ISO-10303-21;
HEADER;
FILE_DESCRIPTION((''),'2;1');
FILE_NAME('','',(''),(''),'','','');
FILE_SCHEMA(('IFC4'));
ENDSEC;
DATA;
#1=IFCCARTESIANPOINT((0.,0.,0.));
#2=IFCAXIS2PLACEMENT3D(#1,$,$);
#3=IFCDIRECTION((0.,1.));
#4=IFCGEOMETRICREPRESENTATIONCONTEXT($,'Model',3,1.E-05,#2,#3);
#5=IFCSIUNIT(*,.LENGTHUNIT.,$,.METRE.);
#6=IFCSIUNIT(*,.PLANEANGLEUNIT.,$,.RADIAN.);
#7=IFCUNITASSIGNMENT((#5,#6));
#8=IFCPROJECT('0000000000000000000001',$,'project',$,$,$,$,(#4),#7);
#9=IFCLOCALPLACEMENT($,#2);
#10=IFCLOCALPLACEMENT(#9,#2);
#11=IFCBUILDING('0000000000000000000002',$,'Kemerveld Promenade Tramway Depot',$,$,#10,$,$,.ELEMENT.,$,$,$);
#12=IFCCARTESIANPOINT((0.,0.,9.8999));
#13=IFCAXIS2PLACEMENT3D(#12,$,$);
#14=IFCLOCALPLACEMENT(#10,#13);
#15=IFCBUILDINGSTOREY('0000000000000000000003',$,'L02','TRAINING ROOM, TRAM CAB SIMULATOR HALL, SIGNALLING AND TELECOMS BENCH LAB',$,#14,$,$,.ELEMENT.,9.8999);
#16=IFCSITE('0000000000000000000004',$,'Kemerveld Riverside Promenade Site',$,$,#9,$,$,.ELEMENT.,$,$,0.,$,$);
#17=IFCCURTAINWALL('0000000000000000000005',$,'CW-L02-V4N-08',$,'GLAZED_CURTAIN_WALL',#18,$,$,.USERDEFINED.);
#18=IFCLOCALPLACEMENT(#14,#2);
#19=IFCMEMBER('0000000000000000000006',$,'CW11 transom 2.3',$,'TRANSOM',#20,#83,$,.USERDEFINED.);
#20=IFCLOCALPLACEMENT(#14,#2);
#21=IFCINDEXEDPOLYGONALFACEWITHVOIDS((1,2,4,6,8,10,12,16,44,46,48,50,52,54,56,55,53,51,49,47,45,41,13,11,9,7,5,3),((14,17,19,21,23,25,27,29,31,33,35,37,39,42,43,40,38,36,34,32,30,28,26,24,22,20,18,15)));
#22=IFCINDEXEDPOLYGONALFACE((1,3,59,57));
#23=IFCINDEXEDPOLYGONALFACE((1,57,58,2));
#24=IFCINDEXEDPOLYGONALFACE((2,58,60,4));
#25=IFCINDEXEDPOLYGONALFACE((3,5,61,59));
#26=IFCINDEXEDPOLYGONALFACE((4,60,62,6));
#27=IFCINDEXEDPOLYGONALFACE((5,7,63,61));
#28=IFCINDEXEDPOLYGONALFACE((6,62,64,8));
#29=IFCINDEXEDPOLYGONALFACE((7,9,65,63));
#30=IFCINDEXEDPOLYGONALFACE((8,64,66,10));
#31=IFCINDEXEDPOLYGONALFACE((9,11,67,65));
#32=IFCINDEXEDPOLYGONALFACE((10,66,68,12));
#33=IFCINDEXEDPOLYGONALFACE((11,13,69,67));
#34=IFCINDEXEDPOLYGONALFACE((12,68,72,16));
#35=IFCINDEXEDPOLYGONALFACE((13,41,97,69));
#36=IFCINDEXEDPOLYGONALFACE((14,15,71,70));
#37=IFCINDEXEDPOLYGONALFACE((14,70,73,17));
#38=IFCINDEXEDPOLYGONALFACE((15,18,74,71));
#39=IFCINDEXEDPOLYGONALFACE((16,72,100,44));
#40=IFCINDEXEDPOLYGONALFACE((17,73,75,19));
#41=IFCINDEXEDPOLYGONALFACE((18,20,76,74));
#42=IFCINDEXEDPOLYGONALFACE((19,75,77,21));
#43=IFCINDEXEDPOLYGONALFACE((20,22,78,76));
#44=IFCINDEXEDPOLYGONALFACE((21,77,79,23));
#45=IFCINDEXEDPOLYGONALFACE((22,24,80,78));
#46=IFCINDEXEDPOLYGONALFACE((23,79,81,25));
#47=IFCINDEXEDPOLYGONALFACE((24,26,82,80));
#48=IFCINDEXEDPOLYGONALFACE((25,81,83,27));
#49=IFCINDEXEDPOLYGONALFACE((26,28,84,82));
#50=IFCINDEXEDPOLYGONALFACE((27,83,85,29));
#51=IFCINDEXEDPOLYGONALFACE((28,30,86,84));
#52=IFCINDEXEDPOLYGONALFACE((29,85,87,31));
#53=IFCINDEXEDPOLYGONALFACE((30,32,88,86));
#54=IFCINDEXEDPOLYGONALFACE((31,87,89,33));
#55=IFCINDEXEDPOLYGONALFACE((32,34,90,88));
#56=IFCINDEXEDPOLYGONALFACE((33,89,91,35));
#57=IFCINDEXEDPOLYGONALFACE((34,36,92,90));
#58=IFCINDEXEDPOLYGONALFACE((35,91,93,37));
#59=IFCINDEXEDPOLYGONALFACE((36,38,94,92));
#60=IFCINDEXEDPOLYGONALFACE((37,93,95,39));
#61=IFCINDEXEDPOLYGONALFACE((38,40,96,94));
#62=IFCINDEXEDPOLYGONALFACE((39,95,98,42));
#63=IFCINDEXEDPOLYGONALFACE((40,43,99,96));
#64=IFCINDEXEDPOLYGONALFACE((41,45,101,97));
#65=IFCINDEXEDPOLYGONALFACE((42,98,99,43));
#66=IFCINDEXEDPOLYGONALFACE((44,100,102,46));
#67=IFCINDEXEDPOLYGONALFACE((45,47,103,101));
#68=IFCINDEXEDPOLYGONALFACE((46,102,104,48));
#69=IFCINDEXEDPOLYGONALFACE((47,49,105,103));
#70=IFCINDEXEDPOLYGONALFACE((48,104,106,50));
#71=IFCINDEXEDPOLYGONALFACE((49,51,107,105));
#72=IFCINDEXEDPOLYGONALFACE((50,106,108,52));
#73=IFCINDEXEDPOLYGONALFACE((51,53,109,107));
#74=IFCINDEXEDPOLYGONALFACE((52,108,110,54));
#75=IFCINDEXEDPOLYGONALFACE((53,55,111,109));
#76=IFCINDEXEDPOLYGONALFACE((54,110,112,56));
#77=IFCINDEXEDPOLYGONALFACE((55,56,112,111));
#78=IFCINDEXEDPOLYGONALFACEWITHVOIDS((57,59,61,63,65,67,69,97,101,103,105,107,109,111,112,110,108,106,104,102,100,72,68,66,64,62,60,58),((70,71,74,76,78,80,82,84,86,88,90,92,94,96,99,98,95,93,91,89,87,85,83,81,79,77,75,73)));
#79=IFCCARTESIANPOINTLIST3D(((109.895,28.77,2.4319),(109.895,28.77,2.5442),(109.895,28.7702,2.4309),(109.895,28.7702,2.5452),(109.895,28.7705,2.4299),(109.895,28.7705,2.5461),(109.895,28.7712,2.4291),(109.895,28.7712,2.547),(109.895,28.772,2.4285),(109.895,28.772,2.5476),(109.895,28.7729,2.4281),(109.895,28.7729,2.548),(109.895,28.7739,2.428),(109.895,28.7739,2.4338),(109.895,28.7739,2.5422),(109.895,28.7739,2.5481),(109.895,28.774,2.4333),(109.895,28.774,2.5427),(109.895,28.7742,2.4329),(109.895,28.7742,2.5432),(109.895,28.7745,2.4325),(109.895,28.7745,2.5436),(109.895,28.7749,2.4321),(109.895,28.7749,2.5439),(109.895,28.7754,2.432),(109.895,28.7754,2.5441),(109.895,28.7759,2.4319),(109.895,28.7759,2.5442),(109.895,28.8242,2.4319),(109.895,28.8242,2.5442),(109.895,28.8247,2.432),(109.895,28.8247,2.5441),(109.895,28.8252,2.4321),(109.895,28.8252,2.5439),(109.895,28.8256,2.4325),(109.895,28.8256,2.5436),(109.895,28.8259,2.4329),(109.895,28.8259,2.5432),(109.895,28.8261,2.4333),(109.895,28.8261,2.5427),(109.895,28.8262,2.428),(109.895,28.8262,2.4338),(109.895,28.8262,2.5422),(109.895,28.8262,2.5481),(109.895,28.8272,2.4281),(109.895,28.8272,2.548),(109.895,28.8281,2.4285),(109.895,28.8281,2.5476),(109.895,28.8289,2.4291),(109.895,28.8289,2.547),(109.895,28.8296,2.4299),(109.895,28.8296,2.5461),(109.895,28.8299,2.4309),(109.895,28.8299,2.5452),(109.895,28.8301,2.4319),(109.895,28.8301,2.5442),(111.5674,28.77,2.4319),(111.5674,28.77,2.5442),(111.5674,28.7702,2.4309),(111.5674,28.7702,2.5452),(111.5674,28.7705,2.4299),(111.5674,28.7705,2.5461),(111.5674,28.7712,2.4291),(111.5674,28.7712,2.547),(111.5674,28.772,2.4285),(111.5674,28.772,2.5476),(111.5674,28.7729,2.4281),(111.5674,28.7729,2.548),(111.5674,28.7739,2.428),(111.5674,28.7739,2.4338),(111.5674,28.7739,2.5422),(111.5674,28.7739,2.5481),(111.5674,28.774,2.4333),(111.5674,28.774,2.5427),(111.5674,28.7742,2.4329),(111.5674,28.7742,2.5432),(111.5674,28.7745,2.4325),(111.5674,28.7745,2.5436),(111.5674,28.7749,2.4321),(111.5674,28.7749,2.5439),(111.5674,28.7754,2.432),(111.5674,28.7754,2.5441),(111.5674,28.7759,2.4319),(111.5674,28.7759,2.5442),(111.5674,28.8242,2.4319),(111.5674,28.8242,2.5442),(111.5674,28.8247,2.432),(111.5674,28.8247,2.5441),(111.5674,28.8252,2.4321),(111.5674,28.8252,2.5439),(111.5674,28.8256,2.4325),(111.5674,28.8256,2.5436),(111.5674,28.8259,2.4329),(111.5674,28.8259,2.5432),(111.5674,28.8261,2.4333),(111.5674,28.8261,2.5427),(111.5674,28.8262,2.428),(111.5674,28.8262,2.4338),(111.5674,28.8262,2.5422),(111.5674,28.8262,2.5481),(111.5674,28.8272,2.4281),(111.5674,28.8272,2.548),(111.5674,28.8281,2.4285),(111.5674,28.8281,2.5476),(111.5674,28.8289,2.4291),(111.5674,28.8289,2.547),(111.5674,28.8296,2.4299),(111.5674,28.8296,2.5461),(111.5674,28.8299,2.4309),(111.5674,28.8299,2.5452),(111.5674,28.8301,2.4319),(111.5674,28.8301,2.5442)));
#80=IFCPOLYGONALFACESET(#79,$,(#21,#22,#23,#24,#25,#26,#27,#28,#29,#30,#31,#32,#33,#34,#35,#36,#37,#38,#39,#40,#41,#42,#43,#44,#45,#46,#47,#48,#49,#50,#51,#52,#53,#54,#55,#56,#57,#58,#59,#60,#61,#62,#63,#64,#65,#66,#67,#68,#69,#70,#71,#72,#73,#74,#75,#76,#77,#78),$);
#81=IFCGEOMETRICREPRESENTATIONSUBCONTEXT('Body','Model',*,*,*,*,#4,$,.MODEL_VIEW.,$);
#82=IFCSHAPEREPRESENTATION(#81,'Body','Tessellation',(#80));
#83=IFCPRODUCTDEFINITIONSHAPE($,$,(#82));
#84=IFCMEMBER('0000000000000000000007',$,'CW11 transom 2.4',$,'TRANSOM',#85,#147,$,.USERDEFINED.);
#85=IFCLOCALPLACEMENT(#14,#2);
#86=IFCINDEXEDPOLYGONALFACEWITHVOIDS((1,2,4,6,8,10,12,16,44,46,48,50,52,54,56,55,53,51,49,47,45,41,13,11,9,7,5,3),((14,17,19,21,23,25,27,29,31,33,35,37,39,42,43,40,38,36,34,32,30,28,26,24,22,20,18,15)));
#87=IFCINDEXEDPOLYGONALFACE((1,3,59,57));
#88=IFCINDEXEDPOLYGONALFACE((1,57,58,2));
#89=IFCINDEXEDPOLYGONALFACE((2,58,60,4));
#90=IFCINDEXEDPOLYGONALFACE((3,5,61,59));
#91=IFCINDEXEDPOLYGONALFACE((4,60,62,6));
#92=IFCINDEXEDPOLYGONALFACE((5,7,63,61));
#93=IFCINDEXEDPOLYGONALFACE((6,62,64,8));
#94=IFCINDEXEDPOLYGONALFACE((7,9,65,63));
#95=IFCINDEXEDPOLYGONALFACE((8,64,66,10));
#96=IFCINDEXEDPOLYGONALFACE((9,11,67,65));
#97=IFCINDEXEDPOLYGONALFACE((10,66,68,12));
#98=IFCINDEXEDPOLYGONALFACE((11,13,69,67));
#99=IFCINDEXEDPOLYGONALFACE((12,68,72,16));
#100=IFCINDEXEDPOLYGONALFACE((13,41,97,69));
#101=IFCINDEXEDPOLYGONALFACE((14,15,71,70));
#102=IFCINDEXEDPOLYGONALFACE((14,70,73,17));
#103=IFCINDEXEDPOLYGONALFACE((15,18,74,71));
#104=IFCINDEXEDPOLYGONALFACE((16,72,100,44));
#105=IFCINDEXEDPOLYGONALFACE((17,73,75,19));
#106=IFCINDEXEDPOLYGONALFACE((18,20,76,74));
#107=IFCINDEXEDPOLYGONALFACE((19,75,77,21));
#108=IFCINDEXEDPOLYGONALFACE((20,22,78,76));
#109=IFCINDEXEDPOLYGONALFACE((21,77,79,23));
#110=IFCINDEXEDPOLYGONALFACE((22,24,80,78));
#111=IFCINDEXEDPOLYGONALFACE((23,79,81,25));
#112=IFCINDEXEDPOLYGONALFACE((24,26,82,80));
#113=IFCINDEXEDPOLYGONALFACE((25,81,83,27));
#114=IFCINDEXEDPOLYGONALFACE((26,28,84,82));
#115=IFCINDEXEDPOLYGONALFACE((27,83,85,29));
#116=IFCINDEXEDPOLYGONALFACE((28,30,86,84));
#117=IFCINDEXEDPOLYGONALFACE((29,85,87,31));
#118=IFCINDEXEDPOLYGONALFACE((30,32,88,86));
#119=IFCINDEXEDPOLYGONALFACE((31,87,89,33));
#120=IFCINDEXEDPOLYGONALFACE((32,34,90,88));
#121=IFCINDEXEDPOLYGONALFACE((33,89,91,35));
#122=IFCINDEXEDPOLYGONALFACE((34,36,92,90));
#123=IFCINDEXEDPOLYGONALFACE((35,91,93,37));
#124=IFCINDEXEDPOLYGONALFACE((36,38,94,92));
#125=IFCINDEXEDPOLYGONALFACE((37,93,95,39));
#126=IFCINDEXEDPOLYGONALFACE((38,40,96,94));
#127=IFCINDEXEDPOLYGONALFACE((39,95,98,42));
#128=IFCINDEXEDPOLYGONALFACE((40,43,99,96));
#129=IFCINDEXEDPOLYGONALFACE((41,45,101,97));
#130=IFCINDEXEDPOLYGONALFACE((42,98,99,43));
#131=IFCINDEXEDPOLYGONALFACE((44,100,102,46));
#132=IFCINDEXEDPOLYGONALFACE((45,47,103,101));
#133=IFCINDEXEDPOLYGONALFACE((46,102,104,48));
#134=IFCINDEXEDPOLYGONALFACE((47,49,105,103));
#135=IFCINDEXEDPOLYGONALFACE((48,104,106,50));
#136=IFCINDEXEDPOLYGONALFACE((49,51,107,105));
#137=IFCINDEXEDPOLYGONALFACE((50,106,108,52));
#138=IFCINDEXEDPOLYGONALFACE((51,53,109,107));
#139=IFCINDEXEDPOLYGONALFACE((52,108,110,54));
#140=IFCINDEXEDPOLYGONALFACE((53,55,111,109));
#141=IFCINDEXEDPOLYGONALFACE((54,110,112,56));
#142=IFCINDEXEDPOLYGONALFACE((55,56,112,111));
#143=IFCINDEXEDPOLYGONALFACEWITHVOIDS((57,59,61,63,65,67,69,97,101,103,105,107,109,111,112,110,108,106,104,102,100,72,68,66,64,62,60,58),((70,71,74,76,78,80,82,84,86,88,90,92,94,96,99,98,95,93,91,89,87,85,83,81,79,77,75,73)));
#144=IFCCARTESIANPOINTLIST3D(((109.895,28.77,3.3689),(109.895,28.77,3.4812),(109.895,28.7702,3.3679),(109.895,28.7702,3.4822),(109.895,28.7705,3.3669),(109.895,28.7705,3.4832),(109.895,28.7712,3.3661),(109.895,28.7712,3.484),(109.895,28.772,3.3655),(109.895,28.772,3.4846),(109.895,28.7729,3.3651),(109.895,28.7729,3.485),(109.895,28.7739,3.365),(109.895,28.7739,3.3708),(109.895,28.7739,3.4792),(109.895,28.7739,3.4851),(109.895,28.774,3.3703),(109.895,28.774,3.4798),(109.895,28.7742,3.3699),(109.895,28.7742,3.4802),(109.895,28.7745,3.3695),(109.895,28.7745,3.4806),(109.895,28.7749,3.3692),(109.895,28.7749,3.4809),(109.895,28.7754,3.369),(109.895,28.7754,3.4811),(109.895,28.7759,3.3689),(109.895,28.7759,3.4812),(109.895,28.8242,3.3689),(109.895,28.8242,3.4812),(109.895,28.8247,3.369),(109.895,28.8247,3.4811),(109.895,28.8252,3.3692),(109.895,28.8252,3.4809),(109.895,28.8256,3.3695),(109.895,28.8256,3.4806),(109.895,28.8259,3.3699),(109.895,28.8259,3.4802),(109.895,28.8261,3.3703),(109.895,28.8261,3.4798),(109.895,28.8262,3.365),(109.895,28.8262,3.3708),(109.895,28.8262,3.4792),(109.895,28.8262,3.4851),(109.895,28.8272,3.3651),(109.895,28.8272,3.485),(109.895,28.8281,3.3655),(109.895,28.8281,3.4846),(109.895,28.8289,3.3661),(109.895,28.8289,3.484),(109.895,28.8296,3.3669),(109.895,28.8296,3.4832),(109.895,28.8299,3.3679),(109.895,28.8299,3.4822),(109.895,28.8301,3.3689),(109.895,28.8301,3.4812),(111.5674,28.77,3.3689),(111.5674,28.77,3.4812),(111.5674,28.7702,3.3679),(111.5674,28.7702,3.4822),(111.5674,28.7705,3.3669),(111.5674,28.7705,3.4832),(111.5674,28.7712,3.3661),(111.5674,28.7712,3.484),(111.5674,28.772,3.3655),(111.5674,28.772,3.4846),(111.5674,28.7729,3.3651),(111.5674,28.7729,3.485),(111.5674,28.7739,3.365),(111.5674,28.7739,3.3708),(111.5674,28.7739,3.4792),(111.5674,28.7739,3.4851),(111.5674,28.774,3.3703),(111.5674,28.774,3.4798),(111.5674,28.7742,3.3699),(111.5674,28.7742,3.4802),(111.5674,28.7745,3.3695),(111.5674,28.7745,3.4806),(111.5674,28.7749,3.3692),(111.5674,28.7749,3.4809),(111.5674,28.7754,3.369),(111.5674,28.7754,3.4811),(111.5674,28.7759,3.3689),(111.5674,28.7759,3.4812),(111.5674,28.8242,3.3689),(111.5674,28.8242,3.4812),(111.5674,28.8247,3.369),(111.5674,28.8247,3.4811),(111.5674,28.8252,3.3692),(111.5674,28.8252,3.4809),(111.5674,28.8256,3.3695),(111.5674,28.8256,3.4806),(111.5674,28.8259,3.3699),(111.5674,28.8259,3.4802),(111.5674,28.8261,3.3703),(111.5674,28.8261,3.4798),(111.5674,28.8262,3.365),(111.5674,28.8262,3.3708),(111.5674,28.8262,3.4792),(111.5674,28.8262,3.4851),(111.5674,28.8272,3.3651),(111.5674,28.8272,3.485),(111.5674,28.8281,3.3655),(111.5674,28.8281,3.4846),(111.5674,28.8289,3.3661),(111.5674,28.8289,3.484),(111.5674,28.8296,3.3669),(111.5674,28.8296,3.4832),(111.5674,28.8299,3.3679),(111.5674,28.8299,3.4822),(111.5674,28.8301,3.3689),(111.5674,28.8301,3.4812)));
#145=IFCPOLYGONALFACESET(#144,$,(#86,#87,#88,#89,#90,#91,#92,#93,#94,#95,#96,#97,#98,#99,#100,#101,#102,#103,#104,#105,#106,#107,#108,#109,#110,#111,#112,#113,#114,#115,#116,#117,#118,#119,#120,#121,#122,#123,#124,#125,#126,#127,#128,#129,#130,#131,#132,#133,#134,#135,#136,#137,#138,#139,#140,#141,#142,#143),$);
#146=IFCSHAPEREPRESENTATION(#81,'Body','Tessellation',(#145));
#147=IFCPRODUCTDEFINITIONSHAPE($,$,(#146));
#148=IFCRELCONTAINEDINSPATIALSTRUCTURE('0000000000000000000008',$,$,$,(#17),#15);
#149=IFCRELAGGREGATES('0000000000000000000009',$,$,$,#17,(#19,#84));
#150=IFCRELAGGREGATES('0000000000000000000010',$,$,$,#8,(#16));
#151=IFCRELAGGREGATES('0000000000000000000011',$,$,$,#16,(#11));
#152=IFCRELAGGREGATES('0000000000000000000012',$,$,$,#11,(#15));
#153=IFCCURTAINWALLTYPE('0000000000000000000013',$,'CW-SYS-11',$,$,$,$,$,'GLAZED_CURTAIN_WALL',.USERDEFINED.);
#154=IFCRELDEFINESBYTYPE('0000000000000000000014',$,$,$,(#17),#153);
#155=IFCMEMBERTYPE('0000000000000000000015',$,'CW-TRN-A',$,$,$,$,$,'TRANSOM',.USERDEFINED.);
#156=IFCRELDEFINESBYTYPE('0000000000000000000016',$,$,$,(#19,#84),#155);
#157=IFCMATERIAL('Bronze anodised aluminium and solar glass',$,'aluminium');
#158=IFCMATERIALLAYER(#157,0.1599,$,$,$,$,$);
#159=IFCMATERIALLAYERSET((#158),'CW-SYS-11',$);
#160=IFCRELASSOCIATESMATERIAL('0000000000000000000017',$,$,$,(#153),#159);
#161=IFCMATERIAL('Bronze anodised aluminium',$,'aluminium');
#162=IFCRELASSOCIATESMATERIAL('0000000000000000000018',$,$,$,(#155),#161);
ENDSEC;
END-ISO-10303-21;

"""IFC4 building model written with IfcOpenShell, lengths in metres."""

from ifc_helpers import new_model, si_unit, direction, frame, origin, origin_2d, place, context, subcontext, project, spatial, hollow_rectangle, extrude, material, layer, layer_set, material_profile, profile_set, type_object, element, aggregate, save


model = new_model("IFC4")

# Units and contexts
model_context = context("Model", 3, precision=1e-05, world=origin(), true_north=direction((0.0, 1.0)))
body_context = subcontext(model_context, "Body", "Model", "MODEL_VIEW")
ifc_project = project(units=[si_unit("LENGTHUNIT", "METRE"), si_unit("PLANEANGLEUNIT", "RADIAN")], contexts=[model_context])

# Site, building, storey
site_placement = place(None, origin())
site = spatial("IfcSite", under=ifc_project, at=site_placement, Name="Kemerveld Riverside Promenade Site", CompositionType="ELEMENT", RefElevation=0.0)
building_placement = place(site_placement, origin())
building = spatial("IfcBuilding", under=site, at=building_placement, Name="Kemerveld Promenade Tramway Depot", CompositionType="ELEMENT")
storey_placement = place(building_placement, frame((0.0, 0.0, 9.8999)))
storey = spatial("IfcBuildingStorey", under=building, at=storey_placement, Name="L02", Description="TRAINING ROOM, TRAM CAB SIMULATOR HALL, SIGNALLING AND TELECOMS BENCH LAB", CompositionType="ELEMENT", Elevation=9.8999)

# Curtain wall, members
ifc_material_1 = material(Name="Bronze anodised aluminium and solar glass", Category="aluminium")
ifc_layer_1 = layer(ifc_material_1, 0.1599)
ifc_layer_set_1 = layer_set([ifc_layer_1], Name="CW-SYS-11")
curtain_wall_type = type_object("IfcCurtainWallType", Name="CW-SYS-11", ElementType="GLAZED_CURTAIN_WALL", PredefinedType="USERDEFINED", material=ifc_layer_set_1)
curtain_wall_placement = place(storey_placement, origin())
curtain_wall = element("IfcCurtainWall", 1, at=curtain_wall_placement, inside=storey, type_object=curtain_wall_type, Name="CW-L02-V4N-08", ObjectType="GLAZED_CURTAIN_WALL", PredefinedType="USERDEFINED")
ifc_material_2 = material(Name="Bronze anodised aluminium", Category="aluminium")
ifc_material_profile_1 = material_profile(ifc_material_2, hollow_rectangle(XDim=0.0601, YDim=0.1201, WallThickness=0.0039, InnerFilletRadius=0.002, OuterFilletRadius=0.0039, at=origin_2d()), Name="CW-TRN-120x60")
ifc_profile_set_1 = profile_set([ifc_material_profile_1], Name="Bronze anodised aluminium")
member_type_1 = type_object("IfcMemberType", Name="CW-TRN-A", ElementType="TRANSOM", PredefinedType="USERDEFINED", material=ifc_profile_set_1)
member_1_placement = place(storey_placement, frame((109.895, 28.8, 2.488), z_axis=(1.0, 0.0, 0.0), x_axis=(0.0, 1.0, 0.0)))
member_1 = element("IfcMember", 2, at=member_1_placement, type_object=member_type_1, Name="CW11 transom 2.3", ObjectType="TRANSOM", PredefinedType="USERDEFINED", context=body_context, shape_type="SweptSolid", body=[
    extrude(hollow_rectangle(XDim=0.0601, YDim=0.1201, WallThickness=0.0039, InnerFilletRadius=0.002, OuterFilletRadius=0.0039, at=origin_2d()), origin(), (0.0, 0.0, 1.0), 1.6724),
])
member_2_placement = place(storey_placement, frame((109.895, 28.8, 3.425), z_axis=(1.0, 0.0, 0.0), x_axis=(0.0, 1.0, 0.0)))
member_2 = element("IfcMember", 3, at=member_2_placement, type_object=member_type_1, Name="CW11 transom 2.4", ObjectType="TRANSOM", PredefinedType="USERDEFINED", context=body_context, shape_type="SweptSolid", body=[
    extrude(hollow_rectangle(XDim=0.0601, YDim=0.1201, WallThickness=0.0039, InnerFilletRadius=0.002, OuterFilletRadius=0.0039, at=origin_2d()), origin(), (0.0, 0.0, 1.0), 1.6724),
])
aggregate(curtain_wall, [member_1, member_2])

save(model, "model.ifc")
